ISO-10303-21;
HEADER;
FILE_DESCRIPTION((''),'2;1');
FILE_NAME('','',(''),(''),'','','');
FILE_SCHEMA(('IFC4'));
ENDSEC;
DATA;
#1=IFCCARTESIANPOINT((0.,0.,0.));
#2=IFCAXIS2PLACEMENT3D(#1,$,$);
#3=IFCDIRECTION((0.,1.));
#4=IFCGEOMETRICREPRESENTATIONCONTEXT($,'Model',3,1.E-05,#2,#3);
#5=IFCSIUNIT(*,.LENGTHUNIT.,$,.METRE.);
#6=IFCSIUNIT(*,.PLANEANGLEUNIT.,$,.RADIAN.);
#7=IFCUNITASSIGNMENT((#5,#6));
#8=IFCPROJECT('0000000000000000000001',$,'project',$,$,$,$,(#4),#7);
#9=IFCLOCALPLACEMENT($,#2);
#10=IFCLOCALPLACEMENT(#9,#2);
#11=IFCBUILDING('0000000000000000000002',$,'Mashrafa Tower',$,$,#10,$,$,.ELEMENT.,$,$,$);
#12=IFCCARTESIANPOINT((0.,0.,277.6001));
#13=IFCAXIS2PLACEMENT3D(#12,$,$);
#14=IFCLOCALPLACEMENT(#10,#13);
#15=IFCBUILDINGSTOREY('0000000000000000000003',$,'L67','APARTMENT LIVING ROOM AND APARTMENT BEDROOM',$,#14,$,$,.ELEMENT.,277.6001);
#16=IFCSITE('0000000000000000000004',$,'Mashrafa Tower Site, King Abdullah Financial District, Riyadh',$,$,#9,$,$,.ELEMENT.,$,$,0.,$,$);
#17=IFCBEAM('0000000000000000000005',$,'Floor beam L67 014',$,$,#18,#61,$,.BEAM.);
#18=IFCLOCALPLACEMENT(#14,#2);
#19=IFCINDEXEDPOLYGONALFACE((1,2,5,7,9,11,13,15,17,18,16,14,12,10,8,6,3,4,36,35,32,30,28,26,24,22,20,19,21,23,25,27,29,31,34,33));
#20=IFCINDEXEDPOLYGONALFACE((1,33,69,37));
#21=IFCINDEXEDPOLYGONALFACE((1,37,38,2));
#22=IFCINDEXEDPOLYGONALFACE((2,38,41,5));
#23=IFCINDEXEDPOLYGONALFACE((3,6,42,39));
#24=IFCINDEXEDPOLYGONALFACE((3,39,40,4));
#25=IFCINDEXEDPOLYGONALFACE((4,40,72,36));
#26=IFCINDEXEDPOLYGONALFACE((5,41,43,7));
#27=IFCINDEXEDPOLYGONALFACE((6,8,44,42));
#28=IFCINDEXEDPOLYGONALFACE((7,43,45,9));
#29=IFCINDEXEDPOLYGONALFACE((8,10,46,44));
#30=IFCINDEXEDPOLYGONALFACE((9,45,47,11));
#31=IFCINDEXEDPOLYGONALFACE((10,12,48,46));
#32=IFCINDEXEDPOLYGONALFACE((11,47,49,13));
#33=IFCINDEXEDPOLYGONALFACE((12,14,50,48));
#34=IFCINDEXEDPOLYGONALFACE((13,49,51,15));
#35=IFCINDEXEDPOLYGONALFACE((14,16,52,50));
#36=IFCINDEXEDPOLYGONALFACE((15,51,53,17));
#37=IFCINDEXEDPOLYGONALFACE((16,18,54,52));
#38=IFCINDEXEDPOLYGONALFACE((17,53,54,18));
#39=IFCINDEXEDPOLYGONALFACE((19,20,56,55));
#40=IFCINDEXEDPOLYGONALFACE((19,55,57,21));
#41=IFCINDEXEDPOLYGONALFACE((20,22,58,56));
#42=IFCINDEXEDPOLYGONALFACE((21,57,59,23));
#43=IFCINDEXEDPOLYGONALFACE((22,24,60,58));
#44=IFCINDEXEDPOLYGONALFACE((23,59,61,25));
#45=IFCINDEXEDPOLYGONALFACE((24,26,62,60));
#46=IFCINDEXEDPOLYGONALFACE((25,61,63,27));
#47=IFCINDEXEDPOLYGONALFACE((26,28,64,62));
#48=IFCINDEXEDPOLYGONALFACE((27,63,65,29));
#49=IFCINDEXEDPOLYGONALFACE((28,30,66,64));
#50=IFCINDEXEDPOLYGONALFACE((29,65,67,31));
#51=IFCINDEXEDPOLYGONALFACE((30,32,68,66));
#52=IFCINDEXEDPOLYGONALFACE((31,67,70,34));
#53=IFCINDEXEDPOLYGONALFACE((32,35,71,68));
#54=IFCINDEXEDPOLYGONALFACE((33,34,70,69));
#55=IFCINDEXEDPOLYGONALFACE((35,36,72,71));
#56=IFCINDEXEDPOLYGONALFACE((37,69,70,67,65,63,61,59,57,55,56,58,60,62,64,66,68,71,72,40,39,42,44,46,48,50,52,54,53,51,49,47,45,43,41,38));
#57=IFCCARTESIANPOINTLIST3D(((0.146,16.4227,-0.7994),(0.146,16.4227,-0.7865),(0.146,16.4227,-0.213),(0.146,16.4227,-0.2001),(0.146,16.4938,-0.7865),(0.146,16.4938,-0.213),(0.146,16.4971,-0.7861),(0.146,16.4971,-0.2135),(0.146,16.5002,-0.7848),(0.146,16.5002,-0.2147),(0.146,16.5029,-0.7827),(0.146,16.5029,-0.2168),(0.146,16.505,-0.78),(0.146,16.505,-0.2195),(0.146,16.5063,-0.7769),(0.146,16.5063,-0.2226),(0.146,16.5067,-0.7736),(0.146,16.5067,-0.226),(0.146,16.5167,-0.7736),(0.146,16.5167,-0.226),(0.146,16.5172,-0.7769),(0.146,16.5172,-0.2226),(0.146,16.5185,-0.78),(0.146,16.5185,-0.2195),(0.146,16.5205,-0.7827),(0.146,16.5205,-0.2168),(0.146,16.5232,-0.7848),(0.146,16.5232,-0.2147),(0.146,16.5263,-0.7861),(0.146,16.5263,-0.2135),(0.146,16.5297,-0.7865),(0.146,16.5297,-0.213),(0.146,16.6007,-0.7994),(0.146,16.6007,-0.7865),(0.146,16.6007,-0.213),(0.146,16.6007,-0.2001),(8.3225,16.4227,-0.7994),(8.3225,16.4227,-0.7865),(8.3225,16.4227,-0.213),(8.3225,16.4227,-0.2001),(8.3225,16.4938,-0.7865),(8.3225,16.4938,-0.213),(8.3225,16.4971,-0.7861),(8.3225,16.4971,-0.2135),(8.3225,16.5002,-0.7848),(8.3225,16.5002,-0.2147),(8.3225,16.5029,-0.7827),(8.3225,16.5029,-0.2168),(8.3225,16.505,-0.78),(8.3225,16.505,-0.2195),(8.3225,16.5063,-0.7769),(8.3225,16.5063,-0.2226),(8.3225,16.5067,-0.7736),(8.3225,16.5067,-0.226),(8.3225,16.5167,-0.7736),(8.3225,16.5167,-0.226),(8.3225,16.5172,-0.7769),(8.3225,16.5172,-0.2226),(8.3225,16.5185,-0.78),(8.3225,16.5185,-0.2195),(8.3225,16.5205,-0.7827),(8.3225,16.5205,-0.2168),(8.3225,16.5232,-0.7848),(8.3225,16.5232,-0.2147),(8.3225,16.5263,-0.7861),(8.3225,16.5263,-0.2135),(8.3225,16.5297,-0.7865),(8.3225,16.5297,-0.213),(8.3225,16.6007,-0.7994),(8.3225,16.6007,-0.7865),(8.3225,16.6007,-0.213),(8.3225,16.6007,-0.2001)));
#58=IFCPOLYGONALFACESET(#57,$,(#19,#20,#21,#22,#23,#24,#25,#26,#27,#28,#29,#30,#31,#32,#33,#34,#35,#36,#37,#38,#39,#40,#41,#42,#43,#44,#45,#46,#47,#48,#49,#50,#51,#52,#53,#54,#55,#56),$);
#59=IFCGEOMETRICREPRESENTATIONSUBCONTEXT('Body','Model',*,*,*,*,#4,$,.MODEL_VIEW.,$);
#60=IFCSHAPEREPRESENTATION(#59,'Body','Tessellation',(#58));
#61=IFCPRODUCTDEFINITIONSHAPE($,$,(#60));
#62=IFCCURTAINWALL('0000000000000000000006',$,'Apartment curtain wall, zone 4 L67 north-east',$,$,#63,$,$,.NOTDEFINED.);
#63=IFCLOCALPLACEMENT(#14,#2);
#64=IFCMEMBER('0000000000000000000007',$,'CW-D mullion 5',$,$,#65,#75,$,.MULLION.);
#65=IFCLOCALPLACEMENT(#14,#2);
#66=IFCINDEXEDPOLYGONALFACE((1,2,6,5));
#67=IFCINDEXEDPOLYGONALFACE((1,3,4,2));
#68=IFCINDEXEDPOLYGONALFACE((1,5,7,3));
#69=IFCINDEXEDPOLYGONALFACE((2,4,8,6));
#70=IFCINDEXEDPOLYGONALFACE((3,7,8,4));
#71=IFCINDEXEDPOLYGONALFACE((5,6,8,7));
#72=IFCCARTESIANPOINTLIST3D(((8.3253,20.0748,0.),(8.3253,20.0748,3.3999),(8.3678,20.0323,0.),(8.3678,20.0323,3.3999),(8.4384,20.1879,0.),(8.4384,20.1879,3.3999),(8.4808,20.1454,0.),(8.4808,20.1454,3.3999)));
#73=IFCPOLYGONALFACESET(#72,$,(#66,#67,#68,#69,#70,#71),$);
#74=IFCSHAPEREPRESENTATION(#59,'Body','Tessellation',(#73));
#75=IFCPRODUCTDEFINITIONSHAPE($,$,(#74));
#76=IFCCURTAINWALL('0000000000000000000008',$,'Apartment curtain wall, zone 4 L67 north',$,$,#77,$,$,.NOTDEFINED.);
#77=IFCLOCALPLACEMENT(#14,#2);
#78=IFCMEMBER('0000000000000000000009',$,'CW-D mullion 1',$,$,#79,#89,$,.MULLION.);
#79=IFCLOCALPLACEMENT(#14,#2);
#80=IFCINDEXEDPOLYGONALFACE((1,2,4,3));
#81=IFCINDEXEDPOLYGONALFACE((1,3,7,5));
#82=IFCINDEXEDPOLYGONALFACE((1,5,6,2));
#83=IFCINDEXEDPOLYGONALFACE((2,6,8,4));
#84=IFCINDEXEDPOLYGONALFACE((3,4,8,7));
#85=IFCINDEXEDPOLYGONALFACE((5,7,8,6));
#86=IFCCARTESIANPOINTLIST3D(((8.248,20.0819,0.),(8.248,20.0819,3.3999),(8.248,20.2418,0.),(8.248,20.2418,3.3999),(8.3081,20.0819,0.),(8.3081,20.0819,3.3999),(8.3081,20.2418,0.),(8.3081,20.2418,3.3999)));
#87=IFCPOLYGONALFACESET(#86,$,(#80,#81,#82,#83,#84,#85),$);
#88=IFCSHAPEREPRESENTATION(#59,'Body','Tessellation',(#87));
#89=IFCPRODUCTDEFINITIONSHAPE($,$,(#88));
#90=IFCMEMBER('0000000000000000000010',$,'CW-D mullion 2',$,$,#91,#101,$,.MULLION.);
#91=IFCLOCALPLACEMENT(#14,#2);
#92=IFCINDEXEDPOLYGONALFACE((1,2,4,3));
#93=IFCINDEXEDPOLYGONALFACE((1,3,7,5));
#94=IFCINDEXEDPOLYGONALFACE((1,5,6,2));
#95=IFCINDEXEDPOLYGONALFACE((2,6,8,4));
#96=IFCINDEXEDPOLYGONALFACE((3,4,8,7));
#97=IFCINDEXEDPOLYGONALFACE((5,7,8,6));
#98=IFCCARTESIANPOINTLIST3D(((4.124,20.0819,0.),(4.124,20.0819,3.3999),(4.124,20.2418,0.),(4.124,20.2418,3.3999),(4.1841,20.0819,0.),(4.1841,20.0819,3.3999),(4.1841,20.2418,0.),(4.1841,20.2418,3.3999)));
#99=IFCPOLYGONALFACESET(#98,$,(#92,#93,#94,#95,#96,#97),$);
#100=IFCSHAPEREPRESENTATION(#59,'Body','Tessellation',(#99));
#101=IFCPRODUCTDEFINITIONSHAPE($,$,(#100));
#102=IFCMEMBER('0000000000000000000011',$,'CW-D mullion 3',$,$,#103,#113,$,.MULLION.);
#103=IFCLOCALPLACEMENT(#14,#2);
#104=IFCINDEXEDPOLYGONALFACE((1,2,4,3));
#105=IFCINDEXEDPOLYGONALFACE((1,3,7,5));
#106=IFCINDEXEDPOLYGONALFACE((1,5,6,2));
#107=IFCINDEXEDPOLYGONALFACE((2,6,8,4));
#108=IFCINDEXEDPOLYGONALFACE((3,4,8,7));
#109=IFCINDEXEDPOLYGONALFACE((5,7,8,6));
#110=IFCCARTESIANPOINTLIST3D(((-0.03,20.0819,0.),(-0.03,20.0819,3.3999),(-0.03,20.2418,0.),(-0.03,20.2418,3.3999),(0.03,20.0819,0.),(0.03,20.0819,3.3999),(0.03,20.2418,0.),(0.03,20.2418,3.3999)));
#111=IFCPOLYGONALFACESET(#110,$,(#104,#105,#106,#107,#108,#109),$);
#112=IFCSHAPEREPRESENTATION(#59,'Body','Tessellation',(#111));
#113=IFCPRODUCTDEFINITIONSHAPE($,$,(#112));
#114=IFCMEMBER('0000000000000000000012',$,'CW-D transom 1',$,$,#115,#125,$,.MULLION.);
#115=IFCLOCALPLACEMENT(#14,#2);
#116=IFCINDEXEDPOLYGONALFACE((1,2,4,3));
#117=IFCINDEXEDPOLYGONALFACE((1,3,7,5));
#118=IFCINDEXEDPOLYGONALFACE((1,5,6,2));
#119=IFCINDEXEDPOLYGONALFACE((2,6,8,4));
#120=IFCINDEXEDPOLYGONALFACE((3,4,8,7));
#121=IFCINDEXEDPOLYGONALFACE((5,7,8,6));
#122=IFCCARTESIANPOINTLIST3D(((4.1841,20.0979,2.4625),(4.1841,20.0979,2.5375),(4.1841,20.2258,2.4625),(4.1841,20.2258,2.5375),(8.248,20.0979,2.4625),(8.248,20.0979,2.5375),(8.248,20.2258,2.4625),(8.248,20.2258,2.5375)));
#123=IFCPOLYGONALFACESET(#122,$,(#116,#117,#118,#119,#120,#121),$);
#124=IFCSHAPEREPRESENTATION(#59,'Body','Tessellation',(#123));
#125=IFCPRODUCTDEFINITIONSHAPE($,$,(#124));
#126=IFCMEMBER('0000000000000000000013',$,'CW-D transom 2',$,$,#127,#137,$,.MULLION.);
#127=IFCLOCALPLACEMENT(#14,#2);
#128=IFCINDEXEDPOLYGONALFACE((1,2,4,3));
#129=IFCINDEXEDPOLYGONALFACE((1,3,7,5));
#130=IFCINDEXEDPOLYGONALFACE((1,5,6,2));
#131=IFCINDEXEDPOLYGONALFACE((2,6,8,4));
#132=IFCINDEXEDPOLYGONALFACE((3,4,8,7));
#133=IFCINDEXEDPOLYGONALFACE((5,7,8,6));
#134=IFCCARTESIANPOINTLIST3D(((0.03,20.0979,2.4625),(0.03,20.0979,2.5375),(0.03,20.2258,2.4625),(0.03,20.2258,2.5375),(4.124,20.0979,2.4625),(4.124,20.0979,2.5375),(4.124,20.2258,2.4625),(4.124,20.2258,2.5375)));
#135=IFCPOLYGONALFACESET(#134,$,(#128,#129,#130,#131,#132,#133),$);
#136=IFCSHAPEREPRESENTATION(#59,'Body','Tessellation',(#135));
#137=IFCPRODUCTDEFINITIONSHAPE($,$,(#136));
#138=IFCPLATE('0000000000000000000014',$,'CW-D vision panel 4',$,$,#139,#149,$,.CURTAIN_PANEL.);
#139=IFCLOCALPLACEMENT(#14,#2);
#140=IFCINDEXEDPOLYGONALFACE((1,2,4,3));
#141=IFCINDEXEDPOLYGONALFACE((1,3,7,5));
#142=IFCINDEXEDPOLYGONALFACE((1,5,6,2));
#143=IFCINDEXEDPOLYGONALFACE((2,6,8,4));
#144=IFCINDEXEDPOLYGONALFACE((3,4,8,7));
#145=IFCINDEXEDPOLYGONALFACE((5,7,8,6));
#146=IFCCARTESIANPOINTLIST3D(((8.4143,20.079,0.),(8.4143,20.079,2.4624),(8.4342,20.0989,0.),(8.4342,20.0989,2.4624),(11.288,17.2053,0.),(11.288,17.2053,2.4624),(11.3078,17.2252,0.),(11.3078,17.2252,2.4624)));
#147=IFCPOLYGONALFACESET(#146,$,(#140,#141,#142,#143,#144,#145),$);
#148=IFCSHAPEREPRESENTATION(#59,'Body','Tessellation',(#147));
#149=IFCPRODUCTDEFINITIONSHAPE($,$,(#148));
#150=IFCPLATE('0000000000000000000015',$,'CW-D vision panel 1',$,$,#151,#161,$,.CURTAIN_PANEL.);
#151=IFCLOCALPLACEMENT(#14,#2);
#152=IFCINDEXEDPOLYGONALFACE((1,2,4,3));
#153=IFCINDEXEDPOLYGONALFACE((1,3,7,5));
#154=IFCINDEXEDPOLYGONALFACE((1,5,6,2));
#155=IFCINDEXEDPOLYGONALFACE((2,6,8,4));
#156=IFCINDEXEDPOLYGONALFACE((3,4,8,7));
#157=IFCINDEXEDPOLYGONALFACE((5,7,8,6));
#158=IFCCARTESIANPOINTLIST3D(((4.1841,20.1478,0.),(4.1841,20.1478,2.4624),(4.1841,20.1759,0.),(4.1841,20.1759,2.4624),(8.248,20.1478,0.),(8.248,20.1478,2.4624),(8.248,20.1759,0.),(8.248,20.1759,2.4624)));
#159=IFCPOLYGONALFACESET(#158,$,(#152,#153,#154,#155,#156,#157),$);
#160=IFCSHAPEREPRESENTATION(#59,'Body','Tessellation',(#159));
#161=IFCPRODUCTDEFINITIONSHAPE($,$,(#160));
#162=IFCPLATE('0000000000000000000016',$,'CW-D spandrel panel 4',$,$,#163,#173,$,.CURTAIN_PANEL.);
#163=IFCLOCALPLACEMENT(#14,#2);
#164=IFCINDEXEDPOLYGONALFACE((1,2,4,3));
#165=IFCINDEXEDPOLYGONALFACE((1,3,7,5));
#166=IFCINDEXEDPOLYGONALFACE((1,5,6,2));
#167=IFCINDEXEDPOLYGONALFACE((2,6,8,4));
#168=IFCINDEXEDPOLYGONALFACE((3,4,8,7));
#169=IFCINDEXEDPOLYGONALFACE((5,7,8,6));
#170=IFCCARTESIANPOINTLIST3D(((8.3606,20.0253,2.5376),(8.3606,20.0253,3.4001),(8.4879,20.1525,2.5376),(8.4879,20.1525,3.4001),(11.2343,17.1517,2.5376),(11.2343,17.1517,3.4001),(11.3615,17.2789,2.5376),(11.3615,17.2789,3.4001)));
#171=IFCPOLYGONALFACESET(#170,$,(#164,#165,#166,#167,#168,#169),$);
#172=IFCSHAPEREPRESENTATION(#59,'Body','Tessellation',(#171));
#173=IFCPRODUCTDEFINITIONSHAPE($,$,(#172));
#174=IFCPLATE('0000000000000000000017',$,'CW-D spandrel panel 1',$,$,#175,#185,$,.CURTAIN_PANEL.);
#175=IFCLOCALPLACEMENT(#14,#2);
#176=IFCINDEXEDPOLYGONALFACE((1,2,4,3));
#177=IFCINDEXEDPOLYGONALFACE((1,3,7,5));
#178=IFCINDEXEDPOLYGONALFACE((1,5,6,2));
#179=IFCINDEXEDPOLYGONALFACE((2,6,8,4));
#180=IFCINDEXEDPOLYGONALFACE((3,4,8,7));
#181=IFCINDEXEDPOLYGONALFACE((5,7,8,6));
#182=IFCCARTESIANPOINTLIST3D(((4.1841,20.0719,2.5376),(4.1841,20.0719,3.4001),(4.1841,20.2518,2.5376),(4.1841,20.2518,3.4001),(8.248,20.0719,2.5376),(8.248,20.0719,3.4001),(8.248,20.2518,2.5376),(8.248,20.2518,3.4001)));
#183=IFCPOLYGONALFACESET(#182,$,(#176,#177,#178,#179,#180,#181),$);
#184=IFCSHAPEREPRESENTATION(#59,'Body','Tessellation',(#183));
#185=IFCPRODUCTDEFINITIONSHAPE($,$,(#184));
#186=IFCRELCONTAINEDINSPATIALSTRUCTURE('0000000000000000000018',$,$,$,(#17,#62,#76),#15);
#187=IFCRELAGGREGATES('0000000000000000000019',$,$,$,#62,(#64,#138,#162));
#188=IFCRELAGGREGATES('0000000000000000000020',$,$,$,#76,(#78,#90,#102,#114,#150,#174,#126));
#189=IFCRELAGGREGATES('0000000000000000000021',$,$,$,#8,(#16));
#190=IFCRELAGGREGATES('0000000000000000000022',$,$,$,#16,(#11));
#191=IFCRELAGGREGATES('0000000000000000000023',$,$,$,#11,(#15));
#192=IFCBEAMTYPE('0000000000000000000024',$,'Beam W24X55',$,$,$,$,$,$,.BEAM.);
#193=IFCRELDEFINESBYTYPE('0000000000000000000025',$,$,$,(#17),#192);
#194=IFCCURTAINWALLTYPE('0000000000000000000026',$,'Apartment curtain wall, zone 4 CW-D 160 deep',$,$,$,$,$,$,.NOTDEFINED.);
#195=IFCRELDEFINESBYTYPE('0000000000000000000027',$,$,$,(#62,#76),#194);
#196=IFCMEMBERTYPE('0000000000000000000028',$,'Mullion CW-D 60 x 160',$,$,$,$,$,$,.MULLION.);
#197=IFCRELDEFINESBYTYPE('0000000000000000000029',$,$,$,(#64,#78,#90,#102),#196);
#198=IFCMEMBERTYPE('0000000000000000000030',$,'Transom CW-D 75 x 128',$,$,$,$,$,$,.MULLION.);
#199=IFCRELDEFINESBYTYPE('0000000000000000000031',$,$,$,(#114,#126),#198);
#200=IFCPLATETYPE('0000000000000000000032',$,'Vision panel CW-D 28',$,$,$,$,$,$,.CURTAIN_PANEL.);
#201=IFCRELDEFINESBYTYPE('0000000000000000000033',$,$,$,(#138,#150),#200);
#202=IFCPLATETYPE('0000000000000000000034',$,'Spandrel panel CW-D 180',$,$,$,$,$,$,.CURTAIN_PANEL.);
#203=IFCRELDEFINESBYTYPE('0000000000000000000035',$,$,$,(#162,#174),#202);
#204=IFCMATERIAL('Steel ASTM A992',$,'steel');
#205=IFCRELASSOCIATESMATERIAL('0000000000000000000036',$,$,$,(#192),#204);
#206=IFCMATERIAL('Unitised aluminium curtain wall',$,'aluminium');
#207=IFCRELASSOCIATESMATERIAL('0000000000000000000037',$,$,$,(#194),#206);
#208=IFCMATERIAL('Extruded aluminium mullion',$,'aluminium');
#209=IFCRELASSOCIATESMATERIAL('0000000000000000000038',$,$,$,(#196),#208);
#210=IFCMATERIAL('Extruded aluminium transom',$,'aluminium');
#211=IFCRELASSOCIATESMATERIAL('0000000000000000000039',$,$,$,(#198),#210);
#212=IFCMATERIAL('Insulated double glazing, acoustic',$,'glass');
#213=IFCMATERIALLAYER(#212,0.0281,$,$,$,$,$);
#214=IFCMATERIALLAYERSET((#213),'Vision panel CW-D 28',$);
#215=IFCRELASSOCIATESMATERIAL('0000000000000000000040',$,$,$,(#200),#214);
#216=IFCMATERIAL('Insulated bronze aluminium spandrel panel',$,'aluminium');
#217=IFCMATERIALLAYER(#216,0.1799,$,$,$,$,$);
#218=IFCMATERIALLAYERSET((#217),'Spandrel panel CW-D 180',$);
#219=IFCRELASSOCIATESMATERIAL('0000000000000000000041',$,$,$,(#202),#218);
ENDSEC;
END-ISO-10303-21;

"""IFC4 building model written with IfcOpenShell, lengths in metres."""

from ifc_helpers import new_model, si_unit, direction, frame, origin, origin_2d, place, context, subcontext, project, spatial, rectangle, i_section, extrude, source, transform, mapped, material, layer, layer_set, material_profile, profile_set, type_object, type_shapes, element, aggregate, save


model = new_model("IFC4")

# Units and contexts
model_context = context("Model", 3, precision=1e-05, world=origin(), true_north=direction((0.0, 1.0)))
body_context = subcontext(model_context, "Body", "Model", "MODEL_VIEW")
ifc_project = project(units=[si_unit("LENGTHUNIT", "METRE"), si_unit("PLANEANGLEUNIT", "RADIAN")], contexts=[model_context])

# Site, building, storey
site_placement = place(None, origin())
site = spatial("IfcSite", under=ifc_project, at=site_placement, Name="Mashrafa Tower Site, King Abdullah Financial District, Riyadh", CompositionType="ELEMENT", RefElevation=0.0)
building_placement = place(site_placement, origin())
building = spatial("IfcBuilding", under=site, at=building_placement, Name="Mashrafa Tower", CompositionType="ELEMENT")
storey_placement = place(building_placement, frame((0.0, 0.0, 277.6001)))
storey = spatial("IfcBuildingStorey", under=building, at=storey_placement, Name="L67", Description="APARTMENT LIVING ROOM AND APARTMENT BEDROOM", CompositionType="ELEMENT", Elevation=277.6001)

# Beam
ifc_material_1 = material(Name="Steel ASTM A992", Category="steel")
ifc_material_profile_1 = material_profile(ifc_material_1, i_section(OverallWidth=0.178, OverallDepth=0.5994, WebThickness=0.01, FlangeThickness=0.0129, FilletRadius=0.0129, at=origin_2d()), Name="W24X55")
ifc_profile_set_1 = profile_set([ifc_material_profile_1], Name="Steel ASTM A992")
beam_type_1 = type_object("IfcBeamType", Name="Beam W24X55", PredefinedType="BEAM", material=ifc_profile_set_1)
beam_1_placement = place(storey_placement, frame((0.146, 16.5117, -0.4998), z_axis=(1.0, 0.0, 0.0), x_axis=(0.0, 1.0, 0.0)))
element("IfcBeam", 1, at=beam_1_placement, inside=storey, type_object=beam_type_1, Name="Floor beam L67 014", PredefinedType="BEAM", context=body_context, shape_type="SweptSolid", body=[
    extrude(i_section(OverallWidth=0.178, OverallDepth=0.5994, WebThickness=0.01, FlangeThickness=0.0129, FilletRadius=0.0129, at=origin_2d()), origin(), (0.0, 0.0, 1.0), 8.1765),
])

# Curtain wall, member
ifc_material_2 = material(Name="Unitised aluminium curtain wall", Category="aluminium")
curtain_wall_type = type_object("IfcCurtainWallType", Name="Apartment curtain wall, zone 4 CW-D 160 deep", PredefinedType="NOTDEFINED", material=ifc_material_2)
curtain_wall_1_placement = place(storey_placement, origin())
curtain_wall_1 = element("IfcCurtainWall", 2, at=curtain_wall_1_placement, inside=storey, type_object=curtain_wall_type, Name="Apartment curtain wall, zone 4 L67 north-east", PredefinedType="NOTDEFINED")
ifc_material_3 = material(Name="Extruded aluminium mullion", Category="aluminium")
ifc_material_profile_2 = material_profile(ifc_material_3, rectangle(XDim=0.1599, YDim=0.0601, at=origin_2d()), Name="Mullion 60x160")
ifc_profile_set_2 = profile_set([ifc_material_profile_2], Name="Extruded aluminium mullion")
member_type_1 = type_object("IfcMemberType", Name="Mullion CW-D 60 x 160", PredefinedType="MULLION", material=ifc_profile_set_2)
shared_shape_1 = source(origin(), body_context, "Body", "SweptSolid", [
    extrude(rectangle(XDim=0.1599, YDim=0.0601, at=origin_2d()), origin(), (0.0, 0.0, 1.0), 3.3999),
])
type_shapes(member_type_1, [shared_shape_1])
member_1_placement = place(storey_placement, frame((8.4031, 20.1101, 0.0), z_axis=(0.0, 0.0, 1.0), x_axis=(-0.707107, -0.707107, 0.0)))
member_1 = element("IfcMember", 3, at=member_1_placement, type_object=member_type_1, Name="CW-D mullion 5", PredefinedType="MULLION", context=body_context, shape_type="MappedRepresentation", body=[
    mapped(shared_shape_1, transform((0.0, 0.0, 0.0))),
])

# Curtain wall, members
curtain_wall_2_placement = place(storey_placement, origin())
curtain_wall_2 = element("IfcCurtainWall", 4, at=curtain_wall_2_placement, inside=storey, type_object=curtain_wall_type, Name="Apartment curtain wall, zone 4 L67 north", PredefinedType="NOTDEFINED")
member_2_placement = place(storey_placement, frame((8.2781, 20.1619, 0.0), z_axis=(0.0, 0.0, 1.0), x_axis=(0.0, -1.0, 0.0)))
member_2 = element("IfcMember", 5, at=member_2_placement, type_object=member_type_1, Name="CW-D mullion 1", PredefinedType="MULLION", context=body_context, shape_type="MappedRepresentation", body=[
    mapped(shared_shape_1, transform((0.0, 0.0, 0.0))),
])
member_3_placement = place(storey_placement, frame((4.1541, 20.1619, 0.0), z_axis=(0.0, 0.0, 1.0), x_axis=(0.0, -1.0, 0.0)))
member_3 = element("IfcMember", 6, at=member_3_placement, type_object=member_type_1, Name="CW-D mullion 2", PredefinedType="MULLION", context=body_context, shape_type="MappedRepresentation", body=[
    mapped(shared_shape_1, transform((0.0, 0.0, 0.0))),
])
member_4_placement = place(storey_placement, frame((0.0, 20.1619, 0.0), z_axis=(0.0, 0.0, 1.0), x_axis=(0.0, -1.0, 0.0)))
member_4 = element("IfcMember", 7, at=member_4_placement, type_object=member_type_1, Name="CW-D mullion 3", PredefinedType="MULLION", context=body_context, shape_type="MappedRepresentation", body=[
    mapped(shared_shape_1, transform((0.0, 0.0, 0.0))),
])
ifc_material_4 = material(Name="Extruded aluminium transom", Category="aluminium")
ifc_material_profile_3 = material_profile(ifc_material_4, rectangle(XDim=0.1279, YDim=0.075, at=origin_2d()), Name="Transom 75x128")
ifc_profile_set_3 = profile_set([ifc_material_profile_3], Name="Extruded aluminium transom")
member_type_2 = type_object("IfcMemberType", Name="Transom CW-D 75 x 128", PredefinedType="MULLION", material=ifc_profile_set_3)
shared_shape_2 = source(origin(), body_context, "Body", "SweptSolid", [
    extrude(rectangle(XDim=0.1279, YDim=0.075, at=origin_2d()), origin(), (0.0, 0.0, 1.0), 4.064),
])
member_5_placement = place(storey_placement, frame((8.248, 20.1619, 2.5), z_axis=(-1.0, 0.0, 0.0), x_axis=(0.0, -1.0, 0.0)))
member_5 = element("IfcMember", 8, at=member_5_placement, type_object=member_type_2, Name="CW-D transom 1", PredefinedType="MULLION", context=body_context, shape_type="MappedRepresentation", body=[
    mapped(shared_shape_2, transform((0.0, 0.0, 0.0))),
])
shared_shape_3 = source(origin(), body_context, "Body", "SweptSolid", [
    extrude(rectangle(XDim=0.1279, YDim=0.075, at=origin_2d()), origin(), (0.0, 0.0, 1.0), 4.094),
])
type_shapes(member_type_2, [shared_shape_2, shared_shape_3])
member_6_placement = place(storey_placement, frame((4.124, 20.1619, 2.5), z_axis=(-1.0, 0.0, 0.0), x_axis=(0.0, -1.0, 0.0)))
member_6 = element("IfcMember", 9, at=member_6_placement, type_object=member_type_2, Name="CW-D transom 2", PredefinedType="MULLION", context=body_context, shape_type="MappedRepresentation", body=[
    mapped(shared_shape_3, transform((0.0, 0.0, 0.0))),
])

# Plates
ifc_material_5 = material(Name="Insulated double glazing, acoustic", Category="glass")
ifc_layer_1 = layer(ifc_material_5, 0.0281)
ifc_layer_set_1 = layer_set([ifc_layer_1], Name="Vision panel CW-D 28")
plate_type_1 = type_object("IfcPlateType", Name="Vision panel CW-D 28", PredefinedType="CURTAIN_PANEL", material=ifc_layer_set_1)
shared_shape_4 = source(origin(), body_context, "Body", "SweptSolid", [
    extrude(rectangle(XDim=4.064, YDim=0.0281, at=origin_2d()), origin(), (0.0, 0.0, 1.0), 2.4624),
])
plate_1_placement = place(storey_placement, frame((9.8611, 18.6521, 0.0), z_axis=(0.0, 0.0, 1.0), x_axis=(-0.707107, 0.707107, 0.0)))
plate_1 = element("IfcPlate", 10, at=plate_1_placement, type_object=plate_type_1, Name="CW-D vision panel 4", PredefinedType="CURTAIN_PANEL", context=body_context, shape_type="MappedRepresentation", body=[
    mapped(shared_shape_4, transform((0.0, 0.0, 0.0))),
])
plate_2_placement = place(storey_placement, frame((6.2161, 20.1619, 0.0), z_axis=(0.0, 0.0, 1.0), x_axis=(-1.0, 0.0, 0.0)))
plate_2 = element("IfcPlate", 11, at=plate_2_placement, type_object=plate_type_1, Name="CW-D vision panel 1", PredefinedType="CURTAIN_PANEL", context=body_context, shape_type="MappedRepresentation", body=[
    mapped(shared_shape_4, transform((0.0, 0.0, 0.0))),
])
ifc_material_6 = material(Name="Insulated bronze aluminium spandrel panel", Category="aluminium")
ifc_layer_2 = layer(ifc_material_6, 0.1799)
ifc_layer_set_2 = layer_set([ifc_layer_2], Name="Spandrel panel CW-D 180")
plate_type_2 = type_object("IfcPlateType", Name="Spandrel panel CW-D 180", PredefinedType="CURTAIN_PANEL", material=ifc_layer_set_2)
shared_shape_5 = source(origin(), body_context, "Body", "SweptSolid", [
    extrude(rectangle(XDim=4.064, YDim=0.1799, at=origin_2d()), origin(), (0.0, 0.0, 1.0), 0.8625),
])
plate_3_placement = place(storey_placement, frame((9.8611, 18.6521, 2.5376), z_axis=(0.0, 0.0, 1.0), x_axis=(-0.707107, 0.707107, 0.0)))
plate_3 = element("IfcPlate", 12, at=plate_3_placement, type_object=plate_type_2, Name="CW-D spandrel panel 4", PredefinedType="CURTAIN_PANEL", context=body_context, shape_type="MappedRepresentation", body=[
    mapped(shared_shape_5, transform((0.0, 0.0, 0.0))),
])
aggregate(curtain_wall_1, [member_1, plate_1, plate_3])
plate_4_placement = place(storey_placement, frame((6.2161, 20.1619, 2.5376), z_axis=(0.0, 0.0, 1.0), x_axis=(-1.0, 0.0, 0.0)))
plate_4 = element("IfcPlate", 13, at=plate_4_placement, type_object=plate_type_2, Name="CW-D spandrel panel 1", PredefinedType="CURTAIN_PANEL", context=body_context, shape_type="MappedRepresentation", body=[
    mapped(shared_shape_5, transform((0.0, 0.0, 0.0))),
])
aggregate(curtain_wall_2, [member_2, member_3, member_4, member_5, plate_2, plate_4, member_6])

save(model, "model.ifc")
